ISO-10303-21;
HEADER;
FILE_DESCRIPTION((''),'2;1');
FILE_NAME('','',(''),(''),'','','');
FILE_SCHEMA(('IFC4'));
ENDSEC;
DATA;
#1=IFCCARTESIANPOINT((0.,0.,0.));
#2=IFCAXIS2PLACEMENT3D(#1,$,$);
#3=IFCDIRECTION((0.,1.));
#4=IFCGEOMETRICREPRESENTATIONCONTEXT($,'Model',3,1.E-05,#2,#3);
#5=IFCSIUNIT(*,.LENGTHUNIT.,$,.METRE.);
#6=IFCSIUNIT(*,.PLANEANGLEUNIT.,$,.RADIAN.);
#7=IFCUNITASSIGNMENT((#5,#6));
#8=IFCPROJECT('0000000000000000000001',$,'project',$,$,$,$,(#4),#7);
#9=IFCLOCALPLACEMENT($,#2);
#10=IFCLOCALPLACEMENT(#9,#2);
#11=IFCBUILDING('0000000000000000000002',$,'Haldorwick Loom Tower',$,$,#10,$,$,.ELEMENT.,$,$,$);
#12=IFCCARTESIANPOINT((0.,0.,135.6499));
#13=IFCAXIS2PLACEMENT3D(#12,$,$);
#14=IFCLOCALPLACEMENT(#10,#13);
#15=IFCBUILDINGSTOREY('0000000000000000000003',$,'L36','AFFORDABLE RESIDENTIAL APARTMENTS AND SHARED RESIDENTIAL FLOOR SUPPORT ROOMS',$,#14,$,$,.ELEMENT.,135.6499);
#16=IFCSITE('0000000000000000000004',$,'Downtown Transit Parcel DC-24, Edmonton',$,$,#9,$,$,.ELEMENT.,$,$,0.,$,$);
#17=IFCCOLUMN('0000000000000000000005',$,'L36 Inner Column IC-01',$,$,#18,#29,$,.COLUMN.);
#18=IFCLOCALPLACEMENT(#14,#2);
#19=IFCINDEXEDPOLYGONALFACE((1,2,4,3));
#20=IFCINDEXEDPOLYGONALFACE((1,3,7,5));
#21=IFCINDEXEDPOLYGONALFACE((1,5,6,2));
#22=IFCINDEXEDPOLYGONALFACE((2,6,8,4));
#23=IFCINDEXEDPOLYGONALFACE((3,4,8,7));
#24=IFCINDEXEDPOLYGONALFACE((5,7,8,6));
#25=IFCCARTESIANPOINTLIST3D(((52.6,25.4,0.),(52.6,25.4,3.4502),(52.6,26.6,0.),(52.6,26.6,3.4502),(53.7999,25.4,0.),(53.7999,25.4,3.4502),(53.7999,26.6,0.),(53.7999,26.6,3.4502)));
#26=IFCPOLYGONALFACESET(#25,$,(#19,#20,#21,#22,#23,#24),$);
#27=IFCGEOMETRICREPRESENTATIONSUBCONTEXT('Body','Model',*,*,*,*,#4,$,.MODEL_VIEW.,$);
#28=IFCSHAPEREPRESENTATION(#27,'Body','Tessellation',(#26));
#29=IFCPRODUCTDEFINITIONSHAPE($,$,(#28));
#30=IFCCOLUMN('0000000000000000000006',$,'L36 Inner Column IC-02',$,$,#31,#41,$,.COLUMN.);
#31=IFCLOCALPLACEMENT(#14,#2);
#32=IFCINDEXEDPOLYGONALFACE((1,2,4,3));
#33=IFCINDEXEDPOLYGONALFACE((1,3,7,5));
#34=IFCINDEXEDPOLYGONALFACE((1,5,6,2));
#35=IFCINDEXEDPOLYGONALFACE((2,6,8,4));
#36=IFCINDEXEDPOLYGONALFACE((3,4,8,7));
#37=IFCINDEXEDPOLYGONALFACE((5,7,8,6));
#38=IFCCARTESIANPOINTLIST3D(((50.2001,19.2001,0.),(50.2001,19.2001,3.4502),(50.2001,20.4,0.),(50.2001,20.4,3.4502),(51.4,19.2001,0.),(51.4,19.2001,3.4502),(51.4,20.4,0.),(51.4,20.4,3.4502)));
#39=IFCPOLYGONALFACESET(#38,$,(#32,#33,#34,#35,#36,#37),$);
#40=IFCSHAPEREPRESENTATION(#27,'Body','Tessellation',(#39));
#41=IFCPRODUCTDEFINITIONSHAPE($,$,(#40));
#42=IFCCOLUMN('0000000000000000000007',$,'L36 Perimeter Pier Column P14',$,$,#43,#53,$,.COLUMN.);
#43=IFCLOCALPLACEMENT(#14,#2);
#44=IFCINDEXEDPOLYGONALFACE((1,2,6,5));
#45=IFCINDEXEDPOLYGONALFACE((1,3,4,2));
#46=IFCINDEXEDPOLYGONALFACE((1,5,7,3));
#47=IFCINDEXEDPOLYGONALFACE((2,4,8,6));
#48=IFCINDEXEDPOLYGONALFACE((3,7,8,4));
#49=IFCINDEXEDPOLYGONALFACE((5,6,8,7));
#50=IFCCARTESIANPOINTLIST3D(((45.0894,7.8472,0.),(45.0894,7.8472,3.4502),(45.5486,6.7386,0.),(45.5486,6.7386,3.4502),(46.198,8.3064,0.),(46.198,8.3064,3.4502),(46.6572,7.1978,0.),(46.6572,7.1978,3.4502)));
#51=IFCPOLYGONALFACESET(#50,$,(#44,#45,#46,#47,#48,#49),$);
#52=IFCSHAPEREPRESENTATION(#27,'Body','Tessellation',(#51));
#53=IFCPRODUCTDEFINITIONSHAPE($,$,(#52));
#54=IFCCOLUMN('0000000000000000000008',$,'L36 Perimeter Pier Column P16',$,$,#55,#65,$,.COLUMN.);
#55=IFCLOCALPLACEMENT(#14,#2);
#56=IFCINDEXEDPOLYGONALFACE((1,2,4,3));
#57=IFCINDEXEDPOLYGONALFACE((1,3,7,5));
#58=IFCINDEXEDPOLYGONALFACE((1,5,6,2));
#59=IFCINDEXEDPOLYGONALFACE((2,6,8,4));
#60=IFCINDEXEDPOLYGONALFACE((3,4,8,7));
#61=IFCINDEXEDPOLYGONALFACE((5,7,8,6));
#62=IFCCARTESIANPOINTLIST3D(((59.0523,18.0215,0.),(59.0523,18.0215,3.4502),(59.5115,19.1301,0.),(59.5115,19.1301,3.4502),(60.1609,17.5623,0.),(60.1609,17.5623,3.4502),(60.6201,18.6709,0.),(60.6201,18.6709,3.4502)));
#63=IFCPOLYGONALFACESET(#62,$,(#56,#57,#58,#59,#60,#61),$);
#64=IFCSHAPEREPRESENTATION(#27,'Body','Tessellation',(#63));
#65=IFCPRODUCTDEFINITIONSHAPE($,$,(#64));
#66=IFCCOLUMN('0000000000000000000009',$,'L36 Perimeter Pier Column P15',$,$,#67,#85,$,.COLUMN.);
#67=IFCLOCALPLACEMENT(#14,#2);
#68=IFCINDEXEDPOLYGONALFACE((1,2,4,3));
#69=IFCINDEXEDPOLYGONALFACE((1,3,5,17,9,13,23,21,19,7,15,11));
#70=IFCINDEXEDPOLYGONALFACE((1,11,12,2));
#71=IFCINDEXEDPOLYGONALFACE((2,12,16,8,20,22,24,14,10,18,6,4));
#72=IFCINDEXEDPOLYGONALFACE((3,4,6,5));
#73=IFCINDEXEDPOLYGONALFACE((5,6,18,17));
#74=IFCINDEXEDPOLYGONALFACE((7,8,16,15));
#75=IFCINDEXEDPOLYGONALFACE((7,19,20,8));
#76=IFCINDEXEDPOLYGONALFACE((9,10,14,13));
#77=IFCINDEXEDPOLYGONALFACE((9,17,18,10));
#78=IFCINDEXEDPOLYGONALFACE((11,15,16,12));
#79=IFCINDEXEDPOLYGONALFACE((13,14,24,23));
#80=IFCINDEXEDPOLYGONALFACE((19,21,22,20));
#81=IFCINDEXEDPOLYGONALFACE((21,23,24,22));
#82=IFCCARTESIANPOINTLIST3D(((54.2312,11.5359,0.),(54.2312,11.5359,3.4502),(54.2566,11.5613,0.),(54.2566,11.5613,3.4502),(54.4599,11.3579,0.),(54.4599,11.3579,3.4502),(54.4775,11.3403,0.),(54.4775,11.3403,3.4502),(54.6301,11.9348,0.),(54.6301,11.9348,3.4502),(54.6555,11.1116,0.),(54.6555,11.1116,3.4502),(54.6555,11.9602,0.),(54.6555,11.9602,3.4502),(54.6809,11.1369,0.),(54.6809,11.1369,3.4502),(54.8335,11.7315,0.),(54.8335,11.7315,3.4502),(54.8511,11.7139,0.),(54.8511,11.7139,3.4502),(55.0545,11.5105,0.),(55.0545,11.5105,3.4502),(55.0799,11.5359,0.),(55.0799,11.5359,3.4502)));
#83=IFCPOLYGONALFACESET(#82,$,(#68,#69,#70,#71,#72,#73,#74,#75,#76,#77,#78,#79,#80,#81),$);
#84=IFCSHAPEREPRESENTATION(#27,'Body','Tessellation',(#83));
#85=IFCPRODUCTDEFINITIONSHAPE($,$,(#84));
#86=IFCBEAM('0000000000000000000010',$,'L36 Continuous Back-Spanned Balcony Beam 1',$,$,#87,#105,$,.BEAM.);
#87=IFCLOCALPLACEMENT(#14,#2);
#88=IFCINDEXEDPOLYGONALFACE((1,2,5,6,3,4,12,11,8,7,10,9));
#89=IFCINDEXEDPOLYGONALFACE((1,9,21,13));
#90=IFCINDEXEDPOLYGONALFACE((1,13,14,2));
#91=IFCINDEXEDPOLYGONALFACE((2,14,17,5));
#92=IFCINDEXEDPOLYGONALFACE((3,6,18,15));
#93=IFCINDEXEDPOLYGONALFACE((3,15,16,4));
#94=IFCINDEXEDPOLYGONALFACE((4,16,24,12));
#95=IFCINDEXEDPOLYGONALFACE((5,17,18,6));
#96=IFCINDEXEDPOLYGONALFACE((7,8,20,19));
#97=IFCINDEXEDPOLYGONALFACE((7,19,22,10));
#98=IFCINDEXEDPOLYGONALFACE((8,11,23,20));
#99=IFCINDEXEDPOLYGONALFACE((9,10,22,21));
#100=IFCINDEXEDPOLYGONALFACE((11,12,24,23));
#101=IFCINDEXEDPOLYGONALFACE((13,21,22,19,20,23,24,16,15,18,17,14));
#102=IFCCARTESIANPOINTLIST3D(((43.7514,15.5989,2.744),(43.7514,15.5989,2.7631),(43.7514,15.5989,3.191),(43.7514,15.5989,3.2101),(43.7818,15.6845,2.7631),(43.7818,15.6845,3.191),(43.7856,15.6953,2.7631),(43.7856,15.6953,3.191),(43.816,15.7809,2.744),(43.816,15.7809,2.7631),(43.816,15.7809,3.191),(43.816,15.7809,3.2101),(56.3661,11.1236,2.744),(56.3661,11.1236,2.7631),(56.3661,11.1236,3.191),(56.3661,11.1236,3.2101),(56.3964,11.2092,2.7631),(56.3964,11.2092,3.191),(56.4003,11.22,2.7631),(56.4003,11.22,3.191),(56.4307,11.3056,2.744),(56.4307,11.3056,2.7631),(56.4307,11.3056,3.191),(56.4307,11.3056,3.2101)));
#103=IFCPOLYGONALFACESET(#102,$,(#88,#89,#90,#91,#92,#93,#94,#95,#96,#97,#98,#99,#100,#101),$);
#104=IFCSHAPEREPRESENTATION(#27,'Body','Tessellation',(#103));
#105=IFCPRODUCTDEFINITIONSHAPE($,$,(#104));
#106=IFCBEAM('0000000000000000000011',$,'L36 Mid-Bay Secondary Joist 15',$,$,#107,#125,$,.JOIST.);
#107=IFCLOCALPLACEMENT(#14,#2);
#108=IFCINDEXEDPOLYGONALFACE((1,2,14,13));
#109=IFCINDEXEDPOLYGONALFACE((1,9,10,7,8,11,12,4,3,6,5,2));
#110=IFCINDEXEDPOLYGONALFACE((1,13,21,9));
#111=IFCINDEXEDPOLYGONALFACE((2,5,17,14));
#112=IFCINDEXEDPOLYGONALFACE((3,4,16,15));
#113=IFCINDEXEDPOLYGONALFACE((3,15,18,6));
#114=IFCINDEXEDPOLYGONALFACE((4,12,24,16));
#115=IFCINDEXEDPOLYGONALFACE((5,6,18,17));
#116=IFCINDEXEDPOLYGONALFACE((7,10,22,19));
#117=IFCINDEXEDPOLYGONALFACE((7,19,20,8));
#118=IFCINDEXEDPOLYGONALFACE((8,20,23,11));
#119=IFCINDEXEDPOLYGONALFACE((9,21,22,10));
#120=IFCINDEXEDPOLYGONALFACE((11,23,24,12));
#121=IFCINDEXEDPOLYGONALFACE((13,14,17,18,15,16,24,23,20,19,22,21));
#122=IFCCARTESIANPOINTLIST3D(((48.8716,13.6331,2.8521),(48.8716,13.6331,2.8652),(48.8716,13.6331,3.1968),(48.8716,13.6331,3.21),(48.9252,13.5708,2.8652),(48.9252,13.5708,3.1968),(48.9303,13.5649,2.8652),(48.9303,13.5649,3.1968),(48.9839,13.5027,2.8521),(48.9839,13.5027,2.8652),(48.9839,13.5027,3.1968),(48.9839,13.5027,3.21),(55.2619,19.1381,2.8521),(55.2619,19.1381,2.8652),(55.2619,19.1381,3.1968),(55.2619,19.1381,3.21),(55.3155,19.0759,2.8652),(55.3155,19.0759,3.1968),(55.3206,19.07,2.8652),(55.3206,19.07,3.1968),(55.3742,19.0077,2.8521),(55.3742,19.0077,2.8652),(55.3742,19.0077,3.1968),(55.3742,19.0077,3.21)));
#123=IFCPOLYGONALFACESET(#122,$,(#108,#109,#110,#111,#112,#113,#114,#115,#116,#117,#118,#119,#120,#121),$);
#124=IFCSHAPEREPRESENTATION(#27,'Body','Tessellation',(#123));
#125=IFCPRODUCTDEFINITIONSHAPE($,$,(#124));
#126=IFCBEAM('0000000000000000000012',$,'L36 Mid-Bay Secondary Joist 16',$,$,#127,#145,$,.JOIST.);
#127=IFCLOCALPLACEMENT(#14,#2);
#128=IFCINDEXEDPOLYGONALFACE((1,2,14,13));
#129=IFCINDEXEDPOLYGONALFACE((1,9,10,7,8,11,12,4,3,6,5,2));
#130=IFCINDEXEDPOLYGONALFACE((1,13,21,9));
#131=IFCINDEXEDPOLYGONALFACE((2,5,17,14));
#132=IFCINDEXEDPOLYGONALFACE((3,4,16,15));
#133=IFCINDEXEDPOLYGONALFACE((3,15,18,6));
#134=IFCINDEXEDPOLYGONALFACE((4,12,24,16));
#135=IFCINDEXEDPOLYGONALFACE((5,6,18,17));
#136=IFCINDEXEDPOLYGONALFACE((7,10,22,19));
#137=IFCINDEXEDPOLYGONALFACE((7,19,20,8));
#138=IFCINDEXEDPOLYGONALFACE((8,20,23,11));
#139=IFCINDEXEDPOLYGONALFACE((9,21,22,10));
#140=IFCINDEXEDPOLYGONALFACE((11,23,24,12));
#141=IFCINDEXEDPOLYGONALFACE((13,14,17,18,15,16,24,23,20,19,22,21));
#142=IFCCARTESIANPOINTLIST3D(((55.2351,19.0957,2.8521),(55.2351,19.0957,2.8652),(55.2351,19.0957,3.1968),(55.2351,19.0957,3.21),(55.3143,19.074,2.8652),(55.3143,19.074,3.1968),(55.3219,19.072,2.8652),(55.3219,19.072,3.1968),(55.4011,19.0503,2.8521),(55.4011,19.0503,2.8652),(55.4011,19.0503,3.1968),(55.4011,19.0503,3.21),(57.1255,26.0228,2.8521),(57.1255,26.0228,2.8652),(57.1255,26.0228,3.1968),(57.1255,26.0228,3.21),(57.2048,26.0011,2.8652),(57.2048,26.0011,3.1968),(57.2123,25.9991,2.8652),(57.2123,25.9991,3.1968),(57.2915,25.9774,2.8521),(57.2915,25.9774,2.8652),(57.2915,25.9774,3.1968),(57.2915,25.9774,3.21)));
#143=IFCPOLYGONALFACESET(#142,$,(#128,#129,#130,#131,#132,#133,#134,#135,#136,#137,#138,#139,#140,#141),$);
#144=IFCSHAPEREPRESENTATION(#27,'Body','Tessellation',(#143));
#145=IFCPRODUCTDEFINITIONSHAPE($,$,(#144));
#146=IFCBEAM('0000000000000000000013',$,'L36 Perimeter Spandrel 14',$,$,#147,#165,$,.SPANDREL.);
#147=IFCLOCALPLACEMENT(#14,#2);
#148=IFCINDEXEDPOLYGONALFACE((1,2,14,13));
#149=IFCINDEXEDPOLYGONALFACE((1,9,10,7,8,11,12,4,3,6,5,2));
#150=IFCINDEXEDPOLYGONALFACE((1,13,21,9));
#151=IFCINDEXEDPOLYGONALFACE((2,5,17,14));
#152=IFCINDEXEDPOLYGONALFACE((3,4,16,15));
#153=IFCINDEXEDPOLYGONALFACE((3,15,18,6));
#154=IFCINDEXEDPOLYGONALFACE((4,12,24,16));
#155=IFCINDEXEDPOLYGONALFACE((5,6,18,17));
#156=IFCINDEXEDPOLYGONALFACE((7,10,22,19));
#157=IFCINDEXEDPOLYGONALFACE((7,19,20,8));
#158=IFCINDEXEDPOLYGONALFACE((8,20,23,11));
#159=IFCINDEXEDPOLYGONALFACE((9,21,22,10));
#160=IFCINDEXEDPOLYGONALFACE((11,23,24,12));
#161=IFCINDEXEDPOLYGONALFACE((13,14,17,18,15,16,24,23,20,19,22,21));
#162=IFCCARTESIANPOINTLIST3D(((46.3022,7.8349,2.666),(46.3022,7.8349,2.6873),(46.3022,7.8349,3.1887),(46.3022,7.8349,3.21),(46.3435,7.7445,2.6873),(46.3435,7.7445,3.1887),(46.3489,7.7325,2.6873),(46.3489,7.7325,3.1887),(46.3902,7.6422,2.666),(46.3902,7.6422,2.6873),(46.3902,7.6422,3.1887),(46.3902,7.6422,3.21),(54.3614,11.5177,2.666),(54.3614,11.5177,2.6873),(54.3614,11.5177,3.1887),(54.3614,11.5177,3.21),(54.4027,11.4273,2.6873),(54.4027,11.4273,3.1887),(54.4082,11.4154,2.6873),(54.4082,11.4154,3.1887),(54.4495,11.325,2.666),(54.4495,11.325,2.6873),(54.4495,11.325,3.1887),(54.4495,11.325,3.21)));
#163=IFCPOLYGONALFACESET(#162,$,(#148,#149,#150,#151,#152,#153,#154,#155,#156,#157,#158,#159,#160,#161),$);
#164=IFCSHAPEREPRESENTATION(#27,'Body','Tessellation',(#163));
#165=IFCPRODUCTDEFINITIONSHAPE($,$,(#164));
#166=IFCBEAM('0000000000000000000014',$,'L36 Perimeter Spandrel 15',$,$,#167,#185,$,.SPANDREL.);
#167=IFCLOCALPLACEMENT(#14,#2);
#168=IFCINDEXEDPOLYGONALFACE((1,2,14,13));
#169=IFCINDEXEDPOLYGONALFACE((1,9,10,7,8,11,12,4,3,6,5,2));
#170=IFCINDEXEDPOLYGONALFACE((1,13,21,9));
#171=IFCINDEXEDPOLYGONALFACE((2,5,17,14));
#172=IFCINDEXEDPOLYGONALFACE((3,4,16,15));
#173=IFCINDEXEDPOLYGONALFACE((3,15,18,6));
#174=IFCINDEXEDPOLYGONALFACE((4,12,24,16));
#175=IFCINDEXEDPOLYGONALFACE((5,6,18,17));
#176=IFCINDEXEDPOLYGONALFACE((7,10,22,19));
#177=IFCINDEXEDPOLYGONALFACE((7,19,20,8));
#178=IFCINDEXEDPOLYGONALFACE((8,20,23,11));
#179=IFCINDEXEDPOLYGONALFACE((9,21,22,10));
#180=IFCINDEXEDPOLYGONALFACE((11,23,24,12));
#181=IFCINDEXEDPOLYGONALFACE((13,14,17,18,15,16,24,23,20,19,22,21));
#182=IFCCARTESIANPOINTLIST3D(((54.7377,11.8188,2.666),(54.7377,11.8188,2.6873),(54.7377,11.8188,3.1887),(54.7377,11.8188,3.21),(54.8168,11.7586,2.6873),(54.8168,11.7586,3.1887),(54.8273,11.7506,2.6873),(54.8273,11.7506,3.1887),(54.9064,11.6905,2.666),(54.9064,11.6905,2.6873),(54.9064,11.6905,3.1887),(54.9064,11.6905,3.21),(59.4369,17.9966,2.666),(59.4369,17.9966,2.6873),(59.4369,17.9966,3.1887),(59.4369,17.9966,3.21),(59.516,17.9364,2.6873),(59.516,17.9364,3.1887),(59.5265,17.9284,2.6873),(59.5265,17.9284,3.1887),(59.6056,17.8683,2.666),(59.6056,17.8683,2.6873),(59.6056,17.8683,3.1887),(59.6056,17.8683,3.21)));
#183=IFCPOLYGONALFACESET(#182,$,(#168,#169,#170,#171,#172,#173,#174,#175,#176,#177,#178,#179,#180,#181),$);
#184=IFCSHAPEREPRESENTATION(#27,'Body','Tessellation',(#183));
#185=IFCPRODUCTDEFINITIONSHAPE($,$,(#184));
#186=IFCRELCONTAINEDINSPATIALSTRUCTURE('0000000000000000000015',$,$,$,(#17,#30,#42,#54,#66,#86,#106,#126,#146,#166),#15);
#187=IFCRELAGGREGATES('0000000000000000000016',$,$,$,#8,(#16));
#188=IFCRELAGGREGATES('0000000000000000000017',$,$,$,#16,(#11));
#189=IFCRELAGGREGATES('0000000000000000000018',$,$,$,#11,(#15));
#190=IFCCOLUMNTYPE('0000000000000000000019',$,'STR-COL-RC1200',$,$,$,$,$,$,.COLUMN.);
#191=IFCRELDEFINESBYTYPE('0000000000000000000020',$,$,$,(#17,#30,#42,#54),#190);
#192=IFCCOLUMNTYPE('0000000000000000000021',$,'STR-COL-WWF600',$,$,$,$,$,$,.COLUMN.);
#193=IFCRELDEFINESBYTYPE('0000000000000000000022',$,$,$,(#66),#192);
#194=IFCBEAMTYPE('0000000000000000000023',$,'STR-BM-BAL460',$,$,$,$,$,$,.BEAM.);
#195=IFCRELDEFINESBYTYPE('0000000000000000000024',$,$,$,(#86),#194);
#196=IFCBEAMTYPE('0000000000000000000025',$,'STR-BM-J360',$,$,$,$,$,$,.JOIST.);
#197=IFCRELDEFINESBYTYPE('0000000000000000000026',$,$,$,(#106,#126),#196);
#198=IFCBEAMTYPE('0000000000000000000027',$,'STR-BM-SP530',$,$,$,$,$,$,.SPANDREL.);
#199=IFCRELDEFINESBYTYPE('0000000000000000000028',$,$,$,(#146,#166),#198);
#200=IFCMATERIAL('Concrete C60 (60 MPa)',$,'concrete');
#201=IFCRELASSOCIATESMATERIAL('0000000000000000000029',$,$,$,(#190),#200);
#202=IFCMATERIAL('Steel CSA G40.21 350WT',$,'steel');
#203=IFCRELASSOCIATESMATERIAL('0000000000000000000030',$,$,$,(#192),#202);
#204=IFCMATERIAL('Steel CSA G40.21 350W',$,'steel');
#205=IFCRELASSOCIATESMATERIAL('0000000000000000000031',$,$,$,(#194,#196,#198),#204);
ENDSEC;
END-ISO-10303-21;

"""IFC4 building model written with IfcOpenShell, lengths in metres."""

from ifc_helpers import new_model, si_unit, direction, frame, origin, origin_2d, place, context, subcontext, project, spatial, rectangle, i_section, extrude, material, material_profile, profile_set, type_object, element, save


model = new_model("IFC4")

# Units and contexts
model_context = context("Model", 3, precision=1e-05, world=origin(), true_north=direction((0.0, 1.0)))
body_context = subcontext(model_context, "Body", "Model", "MODEL_VIEW")
ifc_project = project(units=[si_unit("LENGTHUNIT", "METRE"), si_unit("PLANEANGLEUNIT", "RADIAN")], contexts=[model_context])

# Site, building, storey
site_placement = place(None, origin())
site = spatial("IfcSite", under=ifc_project, at=site_placement, Name="Downtown Transit Parcel DC-24, Edmonton", CompositionType="ELEMENT", RefElevation=0.0)
building_placement = place(site_placement, origin())
building = spatial("IfcBuilding", under=site, at=building_placement, Name="Haldorwick Loom Tower", CompositionType="ELEMENT")
storey_placement = place(building_placement, frame((0.0, 0.0, 135.6499)))
storey = spatial("IfcBuildingStorey", under=building, at=storey_placement, Name="L36", Description="AFFORDABLE RESIDENTIAL APARTMENTS AND SHARED RESIDENTIAL FLOOR SUPPORT ROOMS", CompositionType="ELEMENT", Elevation=135.6499)

# Columns
ifc_material_1 = material(Name="Concrete C60 (60 MPa)", Category="concrete")
ifc_material_profile_1 = material_profile(ifc_material_1, rectangle(XDim=1.2, YDim=1.2, at=origin_2d()), Name="RC1200X1200", Category="concrete")
ifc_profile_set_1 = profile_set([ifc_material_profile_1], Name="Concrete C60 (60 MPa)")
column_type_1 = type_object("IfcColumnType", Name="STR-COL-RC1200", PredefinedType="COLUMN", material=ifc_profile_set_1)
for number, where, z_axis, x_axis, name in (
    (1, (53.2, 26.0, 0.0), (0.0, 0.0, 1.0), (1.0, 0.0, 0.0), "L36 Inner Column IC-01"),
    (2, (50.8, 19.8, 0.0), (0.0, 0.0, 1.0), (1.0, 0.0, 0.0), "L36 Inner Column IC-02"),
    (3, (45.8733, 7.5225, 0.0), (0.0, 0.0, 1.0), (0.382683, -0.92388, 0.0), "L36 Perimeter Pier Column P14"),
    (4, (59.8362, 18.3462, 0.0), (0.0, 0.0, 1.0), (0.92388, -0.382683, 0.0), "L36 Perimeter Pier Column P16"),
):
    element("IfcColumn", number, at=place(storey_placement, frame(where, z_axis=z_axis, x_axis=x_axis)), inside=storey, type_object=column_type_1, Name=name, PredefinedType="COLUMN", context=body_context, shape_type="SweptSolid", body=[
        extrude(rectangle(XDim=1.2, YDim=1.2, at=origin_2d()), origin(), (0.0, 0.0, 1.0), 3.4502),
    ])
ifc_material_2 = material(Name="Steel CSA G40.21 350WT", Category="steel")
ifc_material_profile_2 = material_profile(ifc_material_2, i_section(OverallWidth=0.6001, OverallDepth=0.6001, WebThickness=0.0249, FlangeThickness=0.0359, at=origin_2d()), Name="WWF600X600", Category="steel")
ifc_profile_set_2 = profile_set([ifc_material_profile_2], Name="Steel CSA G40.21 350WT")
column_type_2 = type_object("IfcColumnType", Name="STR-COL-WWF600", PredefinedType="COLUMN", material=ifc_profile_set_2)
column_placement = place(storey_placement, frame((54.6555, 11.5359, 0.0), z_axis=(0.0, 0.0, 1.0), x_axis=(0.707107, -0.707107, 0.0)))
element("IfcColumn", 5, at=column_placement, inside=storey, type_object=column_type_2, Name="L36 Perimeter Pier Column P15", PredefinedType="COLUMN", context=body_context, shape_type="SweptSolid", body=[
    extrude(i_section(OverallWidth=0.6001, OverallDepth=0.6001, WebThickness=0.0249, FlangeThickness=0.0359, at=origin_2d()), origin(), (0.0, 0.0, 1.0), 3.4502),
])

# Beams
ifc_material_3 = material(Name="Steel CSA G40.21 350W", Category="steel")
ifc_material_profile_3 = material_profile(ifc_material_3, i_section(OverallWidth=0.1931, OverallDepth=0.4661, WebThickness=0.0115, FlangeThickness=0.019, at=origin_2d()), Name="W460X97", Category="steel")
ifc_profile_set_3 = profile_set([ifc_material_profile_3], Name="Steel CSA G40.21 350W")
beam_type_1 = type_object("IfcBeamType", Name="STR-BM-BAL460", PredefinedType="BEAM", material=ifc_profile_set_3)
beam_1_placement = place(storey_placement, frame((43.7837, 15.6899, 2.9771), z_axis=(0.942448, -0.334353, 0.0), x_axis=(0.334353, 0.942448, 0.0)))
element("IfcBeam", 6, at=beam_1_placement, inside=storey, type_object=beam_type_1, Name="L36 Continuous Back-Spanned Balcony Beam 1", PredefinedType="BEAM", context=body_context, shape_type="SweptSolid", body=[
    extrude(i_section(OverallWidth=0.1931, OverallDepth=0.4661, WebThickness=0.0115, FlangeThickness=0.019, at=origin_2d()), origin(), (0.0, 0.0, 1.0), 13.385),
])
ifc_material_profile_4 = material_profile(ifc_material_3, i_section(OverallWidth=0.1721, OverallDepth=0.3579, WebThickness=0.0078, FlangeThickness=0.0132, at=origin_2d()), Name="W360X57", Category="steel")
ifc_profile_set_4 = profile_set([ifc_material_profile_4], Name="Steel CSA G40.21 350W")
beam_type_2 = type_object("IfcBeamType", Name="STR-BM-J360", PredefinedType="JOIST", material=ifc_profile_set_4)
beam_2_placement = place(storey_placement, frame((48.9277, 13.5679, 3.031), z_axis=(0.757634, 0.65268, 0.0), x_axis=(-0.65268, 0.757634, 0.0)))
element("IfcBeam", 7, at=beam_2_placement, inside=storey, type_object=beam_type_2, Name="L36 Mid-Bay Secondary Joist 15", PredefinedType="JOIST", context=body_context, shape_type="SweptSolid", body=[
    extrude(i_section(OverallWidth=0.1721, OverallDepth=0.3579, WebThickness=0.0078, FlangeThickness=0.0132, at=origin_2d()), origin(), (0.0, 0.0, 1.0), 8.4346),
])
beam_3_placement = place(storey_placement, frame((55.3181, 19.073, 3.031), z_axis=(0.263273, 0.964721, 0.0), x_axis=(-0.964721, 0.263273, 0.0)))
element("IfcBeam", 8, at=beam_3_placement, inside=storey, type_object=beam_type_2, Name="L36 Mid-Bay Secondary Joist 16", PredefinedType="JOIST", context=body_context, shape_type="SweptSolid", body=[
    extrude(i_section(OverallWidth=0.1721, OverallDepth=0.3579, WebThickness=0.0078, FlangeThickness=0.0132, at=origin_2d()), origin(), (0.0, 0.0, 1.0), 7.1804),
])
ifc_material_profile_5 = material_profile(ifc_material_3, i_section(OverallWidth=0.2119, OverallDepth=0.5439, WebThickness=0.0132, FlangeThickness=0.0212, at=origin_2d()), Name="W530X123", Category="steel")
ifc_profile_set_5 = profile_set([ifc_material_profile_5], Name="Steel CSA G40.21 350W")
beam_type_3 = type_object("IfcBeamType", Name="STR-BM-SP530", PredefinedType="SPANDREL", material=ifc_profile_set_5)
beam_4_placement = place(storey_placement, frame((46.3462, 7.7385, 2.938), z_axis=(0.909534, 0.415629, 0.0), x_axis=(-0.415629, 0.909534, 0.0)))
element("IfcBeam", 9, at=beam_4_placement, inside=storey, type_object=beam_type_3, Name="L36 Perimeter Spandrel 14", PredefinedType="SPANDREL", context=body_context, shape_type="SweptSolid", body=[
    extrude(i_section(OverallWidth=0.2119, OverallDepth=0.5439, WebThickness=0.0132, FlangeThickness=0.0212, at=origin_2d()), origin(), (0.0, 0.0, 1.0), 8.8608),
])
beam_5_placement = place(storey_placement, frame((54.822, 11.7546, 2.938), z_axis=(0.605421, 0.795905, 0.0), x_axis=(-0.795905, 0.605421, 0.0)))
element("IfcBeam", 10, at=beam_5_placement, inside=storey, type_object=beam_type_3, Name="L36 Perimeter Spandrel 15", PredefinedType="SPANDREL", context=body_context, shape_type="SweptSolid", body=[
    extrude(i_section(OverallWidth=0.2119, OverallDepth=0.5439, WebThickness=0.0132, FlangeThickness=0.0212, at=origin_2d()), origin(), (0.0, 0.0, 1.0), 7.762),
])

save(model, "model.ifc")
